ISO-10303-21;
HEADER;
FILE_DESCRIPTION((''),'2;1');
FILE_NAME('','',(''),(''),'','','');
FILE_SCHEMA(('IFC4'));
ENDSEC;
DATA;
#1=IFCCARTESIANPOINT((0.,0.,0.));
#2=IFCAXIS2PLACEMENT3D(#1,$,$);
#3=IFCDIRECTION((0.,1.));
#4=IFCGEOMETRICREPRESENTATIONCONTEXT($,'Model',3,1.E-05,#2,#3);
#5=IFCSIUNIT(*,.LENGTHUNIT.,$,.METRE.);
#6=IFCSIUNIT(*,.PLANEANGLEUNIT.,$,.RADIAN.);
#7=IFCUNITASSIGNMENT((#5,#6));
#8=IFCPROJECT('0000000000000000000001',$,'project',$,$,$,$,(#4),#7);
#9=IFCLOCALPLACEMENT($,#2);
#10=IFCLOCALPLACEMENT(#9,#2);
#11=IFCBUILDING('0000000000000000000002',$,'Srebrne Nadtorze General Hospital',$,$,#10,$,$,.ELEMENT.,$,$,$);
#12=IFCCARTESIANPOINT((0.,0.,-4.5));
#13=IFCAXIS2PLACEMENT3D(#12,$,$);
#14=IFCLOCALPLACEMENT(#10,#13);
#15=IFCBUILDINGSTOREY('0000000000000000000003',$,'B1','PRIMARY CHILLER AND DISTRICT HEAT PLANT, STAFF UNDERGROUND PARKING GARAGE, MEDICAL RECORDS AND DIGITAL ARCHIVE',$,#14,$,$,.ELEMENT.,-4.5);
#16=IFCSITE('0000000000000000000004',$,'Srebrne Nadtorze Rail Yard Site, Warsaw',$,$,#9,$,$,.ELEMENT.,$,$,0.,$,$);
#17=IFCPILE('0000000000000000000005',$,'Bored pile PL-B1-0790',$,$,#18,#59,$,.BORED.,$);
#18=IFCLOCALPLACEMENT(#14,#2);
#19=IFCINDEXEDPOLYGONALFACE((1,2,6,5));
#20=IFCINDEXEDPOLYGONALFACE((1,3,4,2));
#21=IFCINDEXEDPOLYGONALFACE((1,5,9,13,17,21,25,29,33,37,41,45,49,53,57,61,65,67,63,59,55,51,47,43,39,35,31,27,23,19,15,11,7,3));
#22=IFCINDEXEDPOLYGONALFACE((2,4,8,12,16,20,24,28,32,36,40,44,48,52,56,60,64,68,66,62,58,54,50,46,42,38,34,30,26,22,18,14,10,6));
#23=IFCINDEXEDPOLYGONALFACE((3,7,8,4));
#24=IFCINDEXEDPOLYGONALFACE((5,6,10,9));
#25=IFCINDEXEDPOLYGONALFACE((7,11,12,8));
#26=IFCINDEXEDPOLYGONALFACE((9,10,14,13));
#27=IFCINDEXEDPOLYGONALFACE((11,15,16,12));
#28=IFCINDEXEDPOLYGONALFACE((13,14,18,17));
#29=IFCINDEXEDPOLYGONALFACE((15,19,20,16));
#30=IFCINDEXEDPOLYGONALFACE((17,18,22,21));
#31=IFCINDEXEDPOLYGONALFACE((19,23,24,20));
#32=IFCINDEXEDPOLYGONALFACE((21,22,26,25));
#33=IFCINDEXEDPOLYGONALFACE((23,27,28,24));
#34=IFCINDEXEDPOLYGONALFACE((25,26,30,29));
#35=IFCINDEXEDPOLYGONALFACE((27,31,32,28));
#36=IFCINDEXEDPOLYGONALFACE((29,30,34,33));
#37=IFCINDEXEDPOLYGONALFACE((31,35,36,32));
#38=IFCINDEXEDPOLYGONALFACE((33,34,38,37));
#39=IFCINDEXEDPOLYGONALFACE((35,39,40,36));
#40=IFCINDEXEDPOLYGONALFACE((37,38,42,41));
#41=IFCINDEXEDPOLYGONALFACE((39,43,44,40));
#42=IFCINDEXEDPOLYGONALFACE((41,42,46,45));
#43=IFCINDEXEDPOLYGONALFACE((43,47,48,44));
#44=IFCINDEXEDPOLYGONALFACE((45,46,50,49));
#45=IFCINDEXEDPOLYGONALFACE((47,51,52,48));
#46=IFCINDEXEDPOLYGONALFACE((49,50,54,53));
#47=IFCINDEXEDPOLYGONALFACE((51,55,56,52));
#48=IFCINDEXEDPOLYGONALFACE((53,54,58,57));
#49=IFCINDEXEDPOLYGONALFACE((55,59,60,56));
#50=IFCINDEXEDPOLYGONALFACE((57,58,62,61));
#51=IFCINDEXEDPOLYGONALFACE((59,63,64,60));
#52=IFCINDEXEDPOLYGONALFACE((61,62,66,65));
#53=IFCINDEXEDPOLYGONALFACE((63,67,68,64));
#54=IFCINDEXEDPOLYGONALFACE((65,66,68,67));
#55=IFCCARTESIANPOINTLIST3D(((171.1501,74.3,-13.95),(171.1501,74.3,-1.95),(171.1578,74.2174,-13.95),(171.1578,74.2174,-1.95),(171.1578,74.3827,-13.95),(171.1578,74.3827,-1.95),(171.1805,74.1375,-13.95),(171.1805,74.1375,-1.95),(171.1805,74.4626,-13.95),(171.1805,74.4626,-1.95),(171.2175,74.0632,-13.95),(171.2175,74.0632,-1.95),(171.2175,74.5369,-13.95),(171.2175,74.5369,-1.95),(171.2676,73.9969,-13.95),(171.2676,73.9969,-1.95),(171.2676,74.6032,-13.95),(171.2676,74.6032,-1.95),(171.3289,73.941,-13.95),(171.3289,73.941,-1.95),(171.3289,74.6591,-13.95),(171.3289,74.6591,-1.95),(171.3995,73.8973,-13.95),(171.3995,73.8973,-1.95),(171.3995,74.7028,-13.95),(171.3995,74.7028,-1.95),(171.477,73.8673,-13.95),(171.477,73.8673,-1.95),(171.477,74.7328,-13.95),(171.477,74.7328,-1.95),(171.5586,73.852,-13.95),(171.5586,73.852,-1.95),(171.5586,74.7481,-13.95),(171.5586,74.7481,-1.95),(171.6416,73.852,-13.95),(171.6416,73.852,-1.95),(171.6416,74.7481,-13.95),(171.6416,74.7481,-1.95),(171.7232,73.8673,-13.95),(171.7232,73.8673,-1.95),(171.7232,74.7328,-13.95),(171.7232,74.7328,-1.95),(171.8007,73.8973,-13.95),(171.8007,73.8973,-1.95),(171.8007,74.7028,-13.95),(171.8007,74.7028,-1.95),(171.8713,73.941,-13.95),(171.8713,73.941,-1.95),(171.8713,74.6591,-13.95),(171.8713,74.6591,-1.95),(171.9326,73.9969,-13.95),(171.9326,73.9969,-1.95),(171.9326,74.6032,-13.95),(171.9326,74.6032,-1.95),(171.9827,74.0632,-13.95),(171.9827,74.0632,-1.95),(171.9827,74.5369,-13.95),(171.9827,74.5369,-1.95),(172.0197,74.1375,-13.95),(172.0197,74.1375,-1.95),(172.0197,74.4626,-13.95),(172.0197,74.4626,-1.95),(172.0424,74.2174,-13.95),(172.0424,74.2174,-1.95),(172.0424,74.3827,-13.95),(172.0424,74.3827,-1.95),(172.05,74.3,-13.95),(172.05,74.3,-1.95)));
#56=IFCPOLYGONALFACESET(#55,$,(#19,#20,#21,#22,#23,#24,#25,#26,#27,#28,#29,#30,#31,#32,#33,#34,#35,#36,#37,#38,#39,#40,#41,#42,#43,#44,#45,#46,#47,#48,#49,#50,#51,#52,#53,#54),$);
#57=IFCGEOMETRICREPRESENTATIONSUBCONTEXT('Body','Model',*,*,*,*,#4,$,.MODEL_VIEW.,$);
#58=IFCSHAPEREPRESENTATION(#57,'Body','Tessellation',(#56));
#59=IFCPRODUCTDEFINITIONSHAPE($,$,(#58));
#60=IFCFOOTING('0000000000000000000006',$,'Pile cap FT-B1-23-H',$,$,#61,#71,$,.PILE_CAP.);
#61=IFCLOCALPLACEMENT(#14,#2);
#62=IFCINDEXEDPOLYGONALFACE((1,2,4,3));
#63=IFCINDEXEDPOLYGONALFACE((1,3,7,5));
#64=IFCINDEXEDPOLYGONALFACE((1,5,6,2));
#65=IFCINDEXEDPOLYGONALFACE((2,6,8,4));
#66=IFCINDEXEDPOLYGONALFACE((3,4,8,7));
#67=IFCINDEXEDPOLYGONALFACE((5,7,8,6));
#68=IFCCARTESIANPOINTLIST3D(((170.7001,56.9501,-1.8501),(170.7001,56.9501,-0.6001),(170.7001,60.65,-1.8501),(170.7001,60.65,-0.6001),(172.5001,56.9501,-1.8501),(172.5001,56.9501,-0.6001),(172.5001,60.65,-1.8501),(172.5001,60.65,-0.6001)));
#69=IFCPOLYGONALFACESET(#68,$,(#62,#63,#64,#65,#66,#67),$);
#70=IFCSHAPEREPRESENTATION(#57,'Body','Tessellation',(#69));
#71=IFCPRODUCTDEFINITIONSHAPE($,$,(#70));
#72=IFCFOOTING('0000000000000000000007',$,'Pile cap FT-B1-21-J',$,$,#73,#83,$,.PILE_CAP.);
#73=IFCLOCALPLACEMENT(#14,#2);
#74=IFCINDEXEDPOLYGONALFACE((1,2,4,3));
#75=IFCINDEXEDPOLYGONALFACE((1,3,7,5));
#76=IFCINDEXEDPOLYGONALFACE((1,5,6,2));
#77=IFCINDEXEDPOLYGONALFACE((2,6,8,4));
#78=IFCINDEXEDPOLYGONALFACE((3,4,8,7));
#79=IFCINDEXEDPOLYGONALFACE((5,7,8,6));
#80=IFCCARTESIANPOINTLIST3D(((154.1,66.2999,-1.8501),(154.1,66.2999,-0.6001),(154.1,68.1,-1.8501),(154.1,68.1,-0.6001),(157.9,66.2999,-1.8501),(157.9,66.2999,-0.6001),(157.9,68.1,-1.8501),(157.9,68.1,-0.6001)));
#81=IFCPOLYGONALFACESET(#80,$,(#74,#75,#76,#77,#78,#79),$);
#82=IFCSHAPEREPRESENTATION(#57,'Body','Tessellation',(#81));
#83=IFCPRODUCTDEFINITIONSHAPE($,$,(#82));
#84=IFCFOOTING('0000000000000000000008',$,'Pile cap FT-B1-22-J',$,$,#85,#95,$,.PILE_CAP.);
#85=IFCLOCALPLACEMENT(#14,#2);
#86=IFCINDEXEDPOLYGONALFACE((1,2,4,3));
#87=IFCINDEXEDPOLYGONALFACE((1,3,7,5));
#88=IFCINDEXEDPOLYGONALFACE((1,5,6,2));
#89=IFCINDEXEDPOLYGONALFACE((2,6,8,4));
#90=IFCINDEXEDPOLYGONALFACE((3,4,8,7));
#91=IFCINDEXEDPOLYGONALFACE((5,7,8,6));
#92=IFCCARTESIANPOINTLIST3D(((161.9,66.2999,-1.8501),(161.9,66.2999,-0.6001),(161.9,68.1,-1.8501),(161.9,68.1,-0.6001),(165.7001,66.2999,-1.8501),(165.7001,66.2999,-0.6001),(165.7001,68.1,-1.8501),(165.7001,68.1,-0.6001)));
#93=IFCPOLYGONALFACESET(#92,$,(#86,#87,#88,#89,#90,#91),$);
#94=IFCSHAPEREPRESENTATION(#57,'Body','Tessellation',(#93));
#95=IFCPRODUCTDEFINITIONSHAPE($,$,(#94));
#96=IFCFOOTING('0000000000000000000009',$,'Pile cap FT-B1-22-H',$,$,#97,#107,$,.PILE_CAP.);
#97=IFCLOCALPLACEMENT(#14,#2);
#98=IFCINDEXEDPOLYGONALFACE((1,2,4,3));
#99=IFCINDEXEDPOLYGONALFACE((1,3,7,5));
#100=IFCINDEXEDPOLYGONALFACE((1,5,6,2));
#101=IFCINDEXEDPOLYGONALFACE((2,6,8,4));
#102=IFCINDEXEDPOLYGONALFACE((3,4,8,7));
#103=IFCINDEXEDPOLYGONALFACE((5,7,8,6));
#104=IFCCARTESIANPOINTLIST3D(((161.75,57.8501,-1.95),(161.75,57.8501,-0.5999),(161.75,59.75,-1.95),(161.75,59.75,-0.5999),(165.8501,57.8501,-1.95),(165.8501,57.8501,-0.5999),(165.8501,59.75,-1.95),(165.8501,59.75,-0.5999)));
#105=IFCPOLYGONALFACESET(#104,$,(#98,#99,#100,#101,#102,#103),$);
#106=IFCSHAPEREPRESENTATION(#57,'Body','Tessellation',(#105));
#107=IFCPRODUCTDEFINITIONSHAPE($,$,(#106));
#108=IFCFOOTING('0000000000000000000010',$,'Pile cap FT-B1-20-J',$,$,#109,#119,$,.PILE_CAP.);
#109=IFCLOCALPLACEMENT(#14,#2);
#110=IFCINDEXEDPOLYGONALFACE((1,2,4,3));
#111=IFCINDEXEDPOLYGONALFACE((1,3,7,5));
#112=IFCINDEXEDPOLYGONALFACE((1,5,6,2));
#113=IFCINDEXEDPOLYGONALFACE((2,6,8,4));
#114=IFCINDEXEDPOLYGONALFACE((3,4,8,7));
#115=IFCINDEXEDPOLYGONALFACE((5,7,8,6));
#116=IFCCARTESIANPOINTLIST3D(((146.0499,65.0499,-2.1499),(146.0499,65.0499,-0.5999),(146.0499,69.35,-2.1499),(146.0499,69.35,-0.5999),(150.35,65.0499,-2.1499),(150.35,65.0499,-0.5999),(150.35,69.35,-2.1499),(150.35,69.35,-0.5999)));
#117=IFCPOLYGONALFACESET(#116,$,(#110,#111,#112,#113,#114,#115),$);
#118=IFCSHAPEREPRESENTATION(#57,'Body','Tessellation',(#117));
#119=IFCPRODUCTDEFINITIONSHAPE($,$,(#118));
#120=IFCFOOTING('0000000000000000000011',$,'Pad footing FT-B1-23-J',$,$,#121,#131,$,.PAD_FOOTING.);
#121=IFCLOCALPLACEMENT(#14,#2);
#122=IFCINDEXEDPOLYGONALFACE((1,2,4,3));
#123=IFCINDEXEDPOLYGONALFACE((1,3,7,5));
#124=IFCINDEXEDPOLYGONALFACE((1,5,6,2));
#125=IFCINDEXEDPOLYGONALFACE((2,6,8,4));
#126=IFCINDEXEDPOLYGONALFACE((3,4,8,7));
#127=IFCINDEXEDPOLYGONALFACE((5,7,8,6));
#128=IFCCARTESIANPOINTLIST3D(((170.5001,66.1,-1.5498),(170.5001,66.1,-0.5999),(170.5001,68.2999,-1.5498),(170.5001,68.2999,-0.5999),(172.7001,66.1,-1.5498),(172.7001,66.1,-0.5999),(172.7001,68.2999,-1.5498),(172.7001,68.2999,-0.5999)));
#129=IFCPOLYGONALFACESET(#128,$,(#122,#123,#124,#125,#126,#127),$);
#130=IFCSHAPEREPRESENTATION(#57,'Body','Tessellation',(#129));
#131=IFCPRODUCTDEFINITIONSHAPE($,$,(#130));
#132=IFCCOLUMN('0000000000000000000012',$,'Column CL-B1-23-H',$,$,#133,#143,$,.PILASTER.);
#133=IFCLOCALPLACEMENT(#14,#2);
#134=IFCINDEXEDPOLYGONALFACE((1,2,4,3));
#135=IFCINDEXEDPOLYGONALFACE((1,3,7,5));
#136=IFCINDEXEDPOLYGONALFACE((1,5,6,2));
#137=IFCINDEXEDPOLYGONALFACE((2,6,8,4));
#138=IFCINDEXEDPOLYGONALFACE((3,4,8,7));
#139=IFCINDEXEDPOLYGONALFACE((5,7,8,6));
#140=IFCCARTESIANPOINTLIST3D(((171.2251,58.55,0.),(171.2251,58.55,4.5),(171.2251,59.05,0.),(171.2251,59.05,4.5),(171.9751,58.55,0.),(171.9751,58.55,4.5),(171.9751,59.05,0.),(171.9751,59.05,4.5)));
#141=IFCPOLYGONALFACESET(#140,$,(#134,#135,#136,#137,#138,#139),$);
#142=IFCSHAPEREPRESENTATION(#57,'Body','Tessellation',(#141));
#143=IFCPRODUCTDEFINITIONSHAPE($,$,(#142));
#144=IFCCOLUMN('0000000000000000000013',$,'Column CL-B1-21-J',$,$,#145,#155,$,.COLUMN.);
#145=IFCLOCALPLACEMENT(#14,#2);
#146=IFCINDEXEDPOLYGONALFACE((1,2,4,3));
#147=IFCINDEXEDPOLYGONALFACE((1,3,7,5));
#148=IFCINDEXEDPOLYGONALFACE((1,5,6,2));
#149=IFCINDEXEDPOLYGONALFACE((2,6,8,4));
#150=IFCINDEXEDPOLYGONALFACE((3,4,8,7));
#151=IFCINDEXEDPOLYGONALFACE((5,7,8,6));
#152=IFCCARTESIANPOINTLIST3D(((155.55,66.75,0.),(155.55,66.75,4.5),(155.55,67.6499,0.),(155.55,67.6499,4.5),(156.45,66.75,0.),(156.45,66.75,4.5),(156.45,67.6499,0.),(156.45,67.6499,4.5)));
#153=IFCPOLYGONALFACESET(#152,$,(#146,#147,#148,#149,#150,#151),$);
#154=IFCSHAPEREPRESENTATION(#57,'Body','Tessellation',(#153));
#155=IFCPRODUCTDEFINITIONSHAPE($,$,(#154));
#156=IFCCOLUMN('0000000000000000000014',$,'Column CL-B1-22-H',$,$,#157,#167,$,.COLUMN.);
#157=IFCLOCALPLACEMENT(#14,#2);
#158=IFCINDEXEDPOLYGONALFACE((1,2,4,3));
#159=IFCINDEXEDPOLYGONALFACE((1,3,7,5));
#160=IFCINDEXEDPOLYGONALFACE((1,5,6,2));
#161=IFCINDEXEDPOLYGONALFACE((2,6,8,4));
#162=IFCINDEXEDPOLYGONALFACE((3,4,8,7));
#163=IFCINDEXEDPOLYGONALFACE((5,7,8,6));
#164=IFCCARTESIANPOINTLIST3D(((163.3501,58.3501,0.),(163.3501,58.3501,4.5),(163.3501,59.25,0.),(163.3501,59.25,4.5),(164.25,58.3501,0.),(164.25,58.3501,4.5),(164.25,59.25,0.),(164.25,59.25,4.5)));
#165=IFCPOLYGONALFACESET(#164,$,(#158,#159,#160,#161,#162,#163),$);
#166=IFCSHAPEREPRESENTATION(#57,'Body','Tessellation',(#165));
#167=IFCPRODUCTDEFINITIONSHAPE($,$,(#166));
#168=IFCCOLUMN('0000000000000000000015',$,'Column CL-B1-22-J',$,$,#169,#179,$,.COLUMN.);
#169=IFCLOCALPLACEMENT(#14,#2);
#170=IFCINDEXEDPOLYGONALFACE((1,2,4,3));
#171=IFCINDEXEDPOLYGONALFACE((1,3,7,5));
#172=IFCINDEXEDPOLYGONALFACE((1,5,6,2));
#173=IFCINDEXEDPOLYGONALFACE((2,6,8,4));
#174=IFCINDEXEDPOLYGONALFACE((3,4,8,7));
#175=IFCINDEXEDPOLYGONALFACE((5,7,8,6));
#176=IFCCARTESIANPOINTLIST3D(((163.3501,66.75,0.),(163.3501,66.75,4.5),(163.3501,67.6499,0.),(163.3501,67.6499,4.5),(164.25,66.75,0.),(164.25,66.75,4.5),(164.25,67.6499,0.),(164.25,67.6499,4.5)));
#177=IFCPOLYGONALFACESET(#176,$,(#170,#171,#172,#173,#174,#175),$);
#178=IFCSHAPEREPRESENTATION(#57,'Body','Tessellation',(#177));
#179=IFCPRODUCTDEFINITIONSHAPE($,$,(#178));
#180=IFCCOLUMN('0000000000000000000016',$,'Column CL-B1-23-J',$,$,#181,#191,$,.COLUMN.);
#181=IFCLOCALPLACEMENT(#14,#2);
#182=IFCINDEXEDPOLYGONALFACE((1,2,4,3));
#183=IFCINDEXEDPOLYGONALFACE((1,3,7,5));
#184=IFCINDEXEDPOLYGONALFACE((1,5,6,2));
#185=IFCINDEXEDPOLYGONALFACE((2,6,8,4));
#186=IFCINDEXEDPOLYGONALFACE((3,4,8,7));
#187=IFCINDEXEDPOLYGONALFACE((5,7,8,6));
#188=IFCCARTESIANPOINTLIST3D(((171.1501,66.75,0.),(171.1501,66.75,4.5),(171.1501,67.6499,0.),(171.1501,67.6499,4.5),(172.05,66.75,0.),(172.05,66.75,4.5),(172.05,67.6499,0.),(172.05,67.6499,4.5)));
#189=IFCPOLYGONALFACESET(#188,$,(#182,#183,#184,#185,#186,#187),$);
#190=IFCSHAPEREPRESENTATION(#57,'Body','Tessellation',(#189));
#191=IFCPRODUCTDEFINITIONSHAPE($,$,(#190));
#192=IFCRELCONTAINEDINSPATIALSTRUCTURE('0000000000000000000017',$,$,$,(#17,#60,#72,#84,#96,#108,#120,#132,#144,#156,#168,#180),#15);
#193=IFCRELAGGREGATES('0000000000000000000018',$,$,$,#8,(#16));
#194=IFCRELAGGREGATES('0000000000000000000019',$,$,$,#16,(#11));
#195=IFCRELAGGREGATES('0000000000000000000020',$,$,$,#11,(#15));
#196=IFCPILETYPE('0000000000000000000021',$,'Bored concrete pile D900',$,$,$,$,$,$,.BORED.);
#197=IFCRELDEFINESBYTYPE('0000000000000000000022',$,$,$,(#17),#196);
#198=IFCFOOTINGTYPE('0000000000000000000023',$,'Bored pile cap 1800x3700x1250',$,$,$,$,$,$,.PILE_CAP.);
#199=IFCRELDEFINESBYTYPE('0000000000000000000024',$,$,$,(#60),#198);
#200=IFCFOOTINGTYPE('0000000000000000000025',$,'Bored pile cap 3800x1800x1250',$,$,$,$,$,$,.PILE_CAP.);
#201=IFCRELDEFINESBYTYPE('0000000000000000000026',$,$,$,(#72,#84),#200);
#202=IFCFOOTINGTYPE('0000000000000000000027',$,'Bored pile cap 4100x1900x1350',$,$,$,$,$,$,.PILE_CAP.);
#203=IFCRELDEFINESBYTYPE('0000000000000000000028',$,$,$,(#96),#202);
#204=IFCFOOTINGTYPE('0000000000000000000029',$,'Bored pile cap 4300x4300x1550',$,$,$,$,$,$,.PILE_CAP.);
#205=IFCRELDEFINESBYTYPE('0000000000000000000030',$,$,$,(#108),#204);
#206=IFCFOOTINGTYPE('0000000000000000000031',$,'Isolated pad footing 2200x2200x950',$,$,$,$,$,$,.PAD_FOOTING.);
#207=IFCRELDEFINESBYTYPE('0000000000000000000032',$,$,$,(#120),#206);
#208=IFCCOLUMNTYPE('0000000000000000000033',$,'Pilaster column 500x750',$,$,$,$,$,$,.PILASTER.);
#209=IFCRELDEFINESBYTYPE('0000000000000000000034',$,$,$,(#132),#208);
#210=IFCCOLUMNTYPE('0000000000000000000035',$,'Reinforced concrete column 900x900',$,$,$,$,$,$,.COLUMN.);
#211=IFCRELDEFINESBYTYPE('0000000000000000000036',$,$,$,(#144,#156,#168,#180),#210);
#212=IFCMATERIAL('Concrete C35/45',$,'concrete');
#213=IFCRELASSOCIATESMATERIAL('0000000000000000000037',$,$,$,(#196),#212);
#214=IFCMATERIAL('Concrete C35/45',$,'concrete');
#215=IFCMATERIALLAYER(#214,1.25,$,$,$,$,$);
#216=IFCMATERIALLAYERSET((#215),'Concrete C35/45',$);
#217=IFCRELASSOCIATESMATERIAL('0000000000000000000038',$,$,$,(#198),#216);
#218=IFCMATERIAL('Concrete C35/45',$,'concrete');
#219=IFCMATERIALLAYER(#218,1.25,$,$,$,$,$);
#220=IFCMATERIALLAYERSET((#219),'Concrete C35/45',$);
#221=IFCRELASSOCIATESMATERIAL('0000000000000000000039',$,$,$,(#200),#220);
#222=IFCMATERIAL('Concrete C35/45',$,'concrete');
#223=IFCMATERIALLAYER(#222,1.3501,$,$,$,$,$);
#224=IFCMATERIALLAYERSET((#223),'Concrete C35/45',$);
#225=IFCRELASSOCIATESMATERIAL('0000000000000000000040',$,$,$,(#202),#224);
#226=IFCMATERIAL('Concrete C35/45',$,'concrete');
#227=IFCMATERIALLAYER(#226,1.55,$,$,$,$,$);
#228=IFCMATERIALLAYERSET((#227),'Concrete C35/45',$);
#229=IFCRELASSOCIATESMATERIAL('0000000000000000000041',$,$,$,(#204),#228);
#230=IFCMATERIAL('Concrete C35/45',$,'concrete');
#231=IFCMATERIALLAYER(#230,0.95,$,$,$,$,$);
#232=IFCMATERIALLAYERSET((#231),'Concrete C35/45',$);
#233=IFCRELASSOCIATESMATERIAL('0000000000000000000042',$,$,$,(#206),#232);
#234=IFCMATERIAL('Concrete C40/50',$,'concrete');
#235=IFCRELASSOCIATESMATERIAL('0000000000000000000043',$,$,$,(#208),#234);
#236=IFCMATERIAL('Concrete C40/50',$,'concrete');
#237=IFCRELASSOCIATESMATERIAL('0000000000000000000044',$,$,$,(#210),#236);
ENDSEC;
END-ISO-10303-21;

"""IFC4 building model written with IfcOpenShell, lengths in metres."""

from ifc_helpers import new_model, si_unit, direction, frame, origin, origin_2d, place, context, subcontext, project, spatial, rectangle, circle, extrude, material, layer, layer_set, material_profile, profile_set, type_object, element, save


model = new_model("IFC4")

# Units and contexts
model_context = context("Model", 3, precision=1e-05, world=origin(), true_north=direction((0.0, 1.0)))
body_context = subcontext(model_context, "Body", "Model", "MODEL_VIEW")
ifc_project = project(units=[si_unit("LENGTHUNIT", "METRE"), si_unit("PLANEANGLEUNIT", "RADIAN")], contexts=[model_context])

# Site, building, storey
site_placement = place(None, origin())
site = spatial("IfcSite", under=ifc_project, at=site_placement, Name="Srebrne Nadtorze Rail Yard Site, Warsaw", CompositionType="ELEMENT", RefElevation=0.0)
building_placement = place(site_placement, origin())
building = spatial("IfcBuilding", under=site, at=building_placement, Name="Srebrne Nadtorze General Hospital", CompositionType="ELEMENT")
storey_placement = place(building_placement, frame((0.0, 0.0, -4.5)))
storey = spatial("IfcBuildingStorey", under=building, at=storey_placement, Name="B1", Description="PRIMARY CHILLER AND DISTRICT HEAT PLANT, STAFF UNDERGROUND PARKING GARAGE, MEDICAL RECORDS AND DIGITAL ARCHIVE", CompositionType="ELEMENT", Elevation=-4.5)

# Pile
ifc_material_1 = material(Name="Concrete C35/45", Category="concrete")
ifc_material_profile_1 = material_profile(ifc_material_1, circle(Radius=0.45, at=origin_2d()), Name="PILE-D900")
ifc_profile_set_1 = profile_set([ifc_material_profile_1], Name="Concrete C35/45")
pile_type_1 = type_object("IfcPileType", Name="Bored concrete pile D900", PredefinedType="BORED", material=ifc_profile_set_1)
for number, where, z_axis, x_axis, name in (
    (1, (171.6001, 74.3, -1.95), (0.0, 0.0, -1.0), (1.0, 0.0, 0.0), "Bored pile PL-B1-0790"),
):
    element("IfcPile", number, at=place(storey_placement, frame(where, z_axis=z_axis, x_axis=x_axis)), inside=storey, type_object=pile_type_1, Name=name, PredefinedType="BORED", context=body_context, shape_type="SweptSolid", body=[
        extrude(circle(Radius=0.45, at=origin_2d()), origin(), (0.0, 0.0, 1.0), 12.0),
    ])

# Footings
ifc_material_2 = material(Name="Concrete C35/45", Category="concrete")
ifc_layer_1 = layer(ifc_material_2, 1.25)
ifc_layer_set_1 = layer_set([ifc_layer_1], Name="Concrete C35/45")
footing_type_1 = type_object("IfcFootingType", Name="Bored pile cap 1800x3700x1250", PredefinedType="PILE_CAP", material=ifc_layer_set_1)
footing_1_placement = place(storey_placement, frame((171.6001, 58.8, -1.8501), z_axis=(0.0, 0.0, 1.0), x_axis=(1.0, 0.0, 0.0)))
element("IfcFooting", 2, at=footing_1_placement, inside=storey, type_object=footing_type_1, Name="Pile cap FT-B1-23-H", PredefinedType="PILE_CAP", context=body_context, shape_type="SweptSolid", body=[
    extrude(rectangle(XDim=1.8, YDim=3.7, at=origin_2d()), origin(), (0.0, 0.0, 1.0), 1.25),
])
ifc_material_3 = material(Name="Concrete C35/45", Category="concrete")
ifc_layer_2 = layer(ifc_material_3, 1.25)
ifc_layer_set_2 = layer_set([ifc_layer_2], Name="Concrete C35/45")
footing_type_2 = type_object("IfcFootingType", Name="Bored pile cap 3800x1800x1250", PredefinedType="PILE_CAP", material=ifc_layer_set_2)
for number, where, z_axis, x_axis, name in (
    (3, (156.0, 67.2, -1.8501), (0.0, 0.0, 1.0), (1.0, 0.0, 0.0), "Pile cap FT-B1-21-J"),
    (4, (163.8, 67.2, -1.8501), (0.0, 0.0, 1.0), (1.0, 0.0, 0.0), "Pile cap FT-B1-22-J"),
):
    element("IfcFooting", number, at=place(storey_placement, frame(where, z_axis=z_axis, x_axis=x_axis)), inside=storey, type_object=footing_type_2, Name=name, PredefinedType="PILE_CAP", context=body_context, shape_type="SweptSolid", body=[
        extrude(rectangle(XDim=3.8, YDim=1.8, at=origin_2d()), origin(), (0.0, 0.0, 1.0), 1.25),
    ])
ifc_material_4 = material(Name="Concrete C35/45", Category="concrete")
ifc_layer_3 = layer(ifc_material_4, 1.3501)
ifc_layer_set_3 = layer_set([ifc_layer_3], Name="Concrete C35/45")
footing_type_3 = type_object("IfcFootingType", Name="Bored pile cap 4100x1900x1350", PredefinedType="PILE_CAP", material=ifc_layer_set_3)
footing_2_placement = place(storey_placement, frame((163.8, 58.8, -1.95), z_axis=(0.0, 0.0, 1.0), x_axis=(1.0, 0.0, 0.0)))
element("IfcFooting", 5, at=footing_2_placement, inside=storey, type_object=footing_type_3, Name="Pile cap FT-B1-22-H", PredefinedType="PILE_CAP", context=body_context, shape_type="SweptSolid", body=[
    extrude(rectangle(XDim=4.1001, YDim=1.8999, at=origin_2d()), origin(), (0.0, 0.0, 1.0), 1.3501),
])
ifc_material_5 = material(Name="Concrete C35/45", Category="concrete")
ifc_layer_4 = layer(ifc_material_5, 1.55)
ifc_layer_set_4 = layer_set([ifc_layer_4], Name="Concrete C35/45")
footing_type_4 = type_object("IfcFootingType", Name="Bored pile cap 4300x4300x1550", PredefinedType="PILE_CAP", material=ifc_layer_set_4)
footing_3_placement = place(storey_placement, frame((148.2, 67.2, -2.1499), z_axis=(0.0, 0.0, 1.0), x_axis=(1.0, 0.0, 0.0)))
element("IfcFooting", 6, at=footing_3_placement, inside=storey, type_object=footing_type_4, Name="Pile cap FT-B1-20-J", PredefinedType="PILE_CAP", context=body_context, shape_type="SweptSolid", body=[
    extrude(rectangle(XDim=4.3, YDim=4.3, at=origin_2d()), origin(), (0.0, 0.0, 1.0), 1.55),
])
ifc_material_6 = material(Name="Concrete C35/45", Category="concrete")
ifc_layer_5 = layer(ifc_material_6, 0.95)
ifc_layer_set_5 = layer_set([ifc_layer_5], Name="Concrete C35/45")
footing_type_5 = type_object("IfcFootingType", Name="Isolated pad footing 2200x2200x950", PredefinedType="PAD_FOOTING", material=ifc_layer_set_5)
footing_4_placement = place(storey_placement, frame((171.6001, 67.2, -1.5498), z_axis=(0.0, 0.0, 1.0), x_axis=(1.0, 0.0, 0.0)))
element("IfcFooting", 7, at=footing_4_placement, inside=storey, type_object=footing_type_5, Name="Pad footing FT-B1-23-J", PredefinedType="PAD_FOOTING", context=body_context, shape_type="SweptSolid", body=[
    extrude(rectangle(XDim=2.2, YDim=2.2, at=origin_2d()), origin(), (0.0, 0.0, 1.0), 0.95),
])

# Columns
ifc_material_7 = material(Name="Concrete C40/50", Category="concrete")
ifc_material_profile_2 = material_profile(ifc_material_7, rectangle(XDim=0.5, YDim=0.75, at=origin_2d()), Name="RC-PIL-500x750")
ifc_profile_set_2 = profile_set([ifc_material_profile_2], Name="Concrete C40/50")
column_type_1 = type_object("IfcColumnType", Name="Pilaster column 500x750", PredefinedType="PILASTER", material=ifc_profile_set_2)
column_1_placement = place(storey_placement, frame((171.6001, 58.8, 0.0), z_axis=(0.0, 0.0, 1.0), x_axis=(0.0, 1.0, 0.0)))
element("IfcColumn", 8, at=column_1_placement, inside=storey, type_object=column_type_1, Name="Column CL-B1-23-H", PredefinedType="PILASTER", context=body_context, shape_type="SweptSolid", body=[
    extrude(rectangle(XDim=0.5, YDim=0.75, at=origin_2d()), origin(), (0.0, 0.0, 1.0), 4.5),
])
ifc_material_8 = material(Name="Concrete C40/50", Category="concrete")
ifc_material_profile_3 = material_profile(ifc_material_8, rectangle(XDim=0.8999, YDim=0.8999, at=origin_2d()), Name="RC-COL-900x900")
ifc_profile_set_3 = profile_set([ifc_material_profile_3], Name="Concrete C40/50")
column_type_2 = type_object("IfcColumnType", Name="Reinforced concrete column 900x900", PredefinedType="COLUMN", material=ifc_profile_set_3)
for number, where, z_axis, x_axis, name in (
    (9, (156.0, 67.2, 0.0), (0.0, 0.0, 1.0), (1.0, 0.0, 0.0), "Column CL-B1-21-J"),
    (10, (163.8, 58.8, 0.0), (0.0, 0.0, 1.0), (1.0, 0.0, 0.0), "Column CL-B1-22-H"),
    (11, (163.8, 67.2, 0.0), (0.0, 0.0, 1.0), (1.0, 0.0, 0.0), "Column CL-B1-22-J"),
    (12, (171.6001, 67.2, 0.0), (0.0, 0.0, 1.0), (1.0, 0.0, 0.0), "Column CL-B1-23-J"),
):
    element("IfcColumn", number, at=place(storey_placement, frame(where, z_axis=z_axis, x_axis=x_axis)), inside=storey, type_object=column_type_2, Name=name, PredefinedType="COLUMN", context=body_context, shape_type="SweptSolid", body=[
        extrude(rectangle(XDim=0.8999, YDim=0.8999, at=origin_2d()), origin(), (0.0, 0.0, 1.0), 4.5),
    ])

save(model, "model.ifc")
